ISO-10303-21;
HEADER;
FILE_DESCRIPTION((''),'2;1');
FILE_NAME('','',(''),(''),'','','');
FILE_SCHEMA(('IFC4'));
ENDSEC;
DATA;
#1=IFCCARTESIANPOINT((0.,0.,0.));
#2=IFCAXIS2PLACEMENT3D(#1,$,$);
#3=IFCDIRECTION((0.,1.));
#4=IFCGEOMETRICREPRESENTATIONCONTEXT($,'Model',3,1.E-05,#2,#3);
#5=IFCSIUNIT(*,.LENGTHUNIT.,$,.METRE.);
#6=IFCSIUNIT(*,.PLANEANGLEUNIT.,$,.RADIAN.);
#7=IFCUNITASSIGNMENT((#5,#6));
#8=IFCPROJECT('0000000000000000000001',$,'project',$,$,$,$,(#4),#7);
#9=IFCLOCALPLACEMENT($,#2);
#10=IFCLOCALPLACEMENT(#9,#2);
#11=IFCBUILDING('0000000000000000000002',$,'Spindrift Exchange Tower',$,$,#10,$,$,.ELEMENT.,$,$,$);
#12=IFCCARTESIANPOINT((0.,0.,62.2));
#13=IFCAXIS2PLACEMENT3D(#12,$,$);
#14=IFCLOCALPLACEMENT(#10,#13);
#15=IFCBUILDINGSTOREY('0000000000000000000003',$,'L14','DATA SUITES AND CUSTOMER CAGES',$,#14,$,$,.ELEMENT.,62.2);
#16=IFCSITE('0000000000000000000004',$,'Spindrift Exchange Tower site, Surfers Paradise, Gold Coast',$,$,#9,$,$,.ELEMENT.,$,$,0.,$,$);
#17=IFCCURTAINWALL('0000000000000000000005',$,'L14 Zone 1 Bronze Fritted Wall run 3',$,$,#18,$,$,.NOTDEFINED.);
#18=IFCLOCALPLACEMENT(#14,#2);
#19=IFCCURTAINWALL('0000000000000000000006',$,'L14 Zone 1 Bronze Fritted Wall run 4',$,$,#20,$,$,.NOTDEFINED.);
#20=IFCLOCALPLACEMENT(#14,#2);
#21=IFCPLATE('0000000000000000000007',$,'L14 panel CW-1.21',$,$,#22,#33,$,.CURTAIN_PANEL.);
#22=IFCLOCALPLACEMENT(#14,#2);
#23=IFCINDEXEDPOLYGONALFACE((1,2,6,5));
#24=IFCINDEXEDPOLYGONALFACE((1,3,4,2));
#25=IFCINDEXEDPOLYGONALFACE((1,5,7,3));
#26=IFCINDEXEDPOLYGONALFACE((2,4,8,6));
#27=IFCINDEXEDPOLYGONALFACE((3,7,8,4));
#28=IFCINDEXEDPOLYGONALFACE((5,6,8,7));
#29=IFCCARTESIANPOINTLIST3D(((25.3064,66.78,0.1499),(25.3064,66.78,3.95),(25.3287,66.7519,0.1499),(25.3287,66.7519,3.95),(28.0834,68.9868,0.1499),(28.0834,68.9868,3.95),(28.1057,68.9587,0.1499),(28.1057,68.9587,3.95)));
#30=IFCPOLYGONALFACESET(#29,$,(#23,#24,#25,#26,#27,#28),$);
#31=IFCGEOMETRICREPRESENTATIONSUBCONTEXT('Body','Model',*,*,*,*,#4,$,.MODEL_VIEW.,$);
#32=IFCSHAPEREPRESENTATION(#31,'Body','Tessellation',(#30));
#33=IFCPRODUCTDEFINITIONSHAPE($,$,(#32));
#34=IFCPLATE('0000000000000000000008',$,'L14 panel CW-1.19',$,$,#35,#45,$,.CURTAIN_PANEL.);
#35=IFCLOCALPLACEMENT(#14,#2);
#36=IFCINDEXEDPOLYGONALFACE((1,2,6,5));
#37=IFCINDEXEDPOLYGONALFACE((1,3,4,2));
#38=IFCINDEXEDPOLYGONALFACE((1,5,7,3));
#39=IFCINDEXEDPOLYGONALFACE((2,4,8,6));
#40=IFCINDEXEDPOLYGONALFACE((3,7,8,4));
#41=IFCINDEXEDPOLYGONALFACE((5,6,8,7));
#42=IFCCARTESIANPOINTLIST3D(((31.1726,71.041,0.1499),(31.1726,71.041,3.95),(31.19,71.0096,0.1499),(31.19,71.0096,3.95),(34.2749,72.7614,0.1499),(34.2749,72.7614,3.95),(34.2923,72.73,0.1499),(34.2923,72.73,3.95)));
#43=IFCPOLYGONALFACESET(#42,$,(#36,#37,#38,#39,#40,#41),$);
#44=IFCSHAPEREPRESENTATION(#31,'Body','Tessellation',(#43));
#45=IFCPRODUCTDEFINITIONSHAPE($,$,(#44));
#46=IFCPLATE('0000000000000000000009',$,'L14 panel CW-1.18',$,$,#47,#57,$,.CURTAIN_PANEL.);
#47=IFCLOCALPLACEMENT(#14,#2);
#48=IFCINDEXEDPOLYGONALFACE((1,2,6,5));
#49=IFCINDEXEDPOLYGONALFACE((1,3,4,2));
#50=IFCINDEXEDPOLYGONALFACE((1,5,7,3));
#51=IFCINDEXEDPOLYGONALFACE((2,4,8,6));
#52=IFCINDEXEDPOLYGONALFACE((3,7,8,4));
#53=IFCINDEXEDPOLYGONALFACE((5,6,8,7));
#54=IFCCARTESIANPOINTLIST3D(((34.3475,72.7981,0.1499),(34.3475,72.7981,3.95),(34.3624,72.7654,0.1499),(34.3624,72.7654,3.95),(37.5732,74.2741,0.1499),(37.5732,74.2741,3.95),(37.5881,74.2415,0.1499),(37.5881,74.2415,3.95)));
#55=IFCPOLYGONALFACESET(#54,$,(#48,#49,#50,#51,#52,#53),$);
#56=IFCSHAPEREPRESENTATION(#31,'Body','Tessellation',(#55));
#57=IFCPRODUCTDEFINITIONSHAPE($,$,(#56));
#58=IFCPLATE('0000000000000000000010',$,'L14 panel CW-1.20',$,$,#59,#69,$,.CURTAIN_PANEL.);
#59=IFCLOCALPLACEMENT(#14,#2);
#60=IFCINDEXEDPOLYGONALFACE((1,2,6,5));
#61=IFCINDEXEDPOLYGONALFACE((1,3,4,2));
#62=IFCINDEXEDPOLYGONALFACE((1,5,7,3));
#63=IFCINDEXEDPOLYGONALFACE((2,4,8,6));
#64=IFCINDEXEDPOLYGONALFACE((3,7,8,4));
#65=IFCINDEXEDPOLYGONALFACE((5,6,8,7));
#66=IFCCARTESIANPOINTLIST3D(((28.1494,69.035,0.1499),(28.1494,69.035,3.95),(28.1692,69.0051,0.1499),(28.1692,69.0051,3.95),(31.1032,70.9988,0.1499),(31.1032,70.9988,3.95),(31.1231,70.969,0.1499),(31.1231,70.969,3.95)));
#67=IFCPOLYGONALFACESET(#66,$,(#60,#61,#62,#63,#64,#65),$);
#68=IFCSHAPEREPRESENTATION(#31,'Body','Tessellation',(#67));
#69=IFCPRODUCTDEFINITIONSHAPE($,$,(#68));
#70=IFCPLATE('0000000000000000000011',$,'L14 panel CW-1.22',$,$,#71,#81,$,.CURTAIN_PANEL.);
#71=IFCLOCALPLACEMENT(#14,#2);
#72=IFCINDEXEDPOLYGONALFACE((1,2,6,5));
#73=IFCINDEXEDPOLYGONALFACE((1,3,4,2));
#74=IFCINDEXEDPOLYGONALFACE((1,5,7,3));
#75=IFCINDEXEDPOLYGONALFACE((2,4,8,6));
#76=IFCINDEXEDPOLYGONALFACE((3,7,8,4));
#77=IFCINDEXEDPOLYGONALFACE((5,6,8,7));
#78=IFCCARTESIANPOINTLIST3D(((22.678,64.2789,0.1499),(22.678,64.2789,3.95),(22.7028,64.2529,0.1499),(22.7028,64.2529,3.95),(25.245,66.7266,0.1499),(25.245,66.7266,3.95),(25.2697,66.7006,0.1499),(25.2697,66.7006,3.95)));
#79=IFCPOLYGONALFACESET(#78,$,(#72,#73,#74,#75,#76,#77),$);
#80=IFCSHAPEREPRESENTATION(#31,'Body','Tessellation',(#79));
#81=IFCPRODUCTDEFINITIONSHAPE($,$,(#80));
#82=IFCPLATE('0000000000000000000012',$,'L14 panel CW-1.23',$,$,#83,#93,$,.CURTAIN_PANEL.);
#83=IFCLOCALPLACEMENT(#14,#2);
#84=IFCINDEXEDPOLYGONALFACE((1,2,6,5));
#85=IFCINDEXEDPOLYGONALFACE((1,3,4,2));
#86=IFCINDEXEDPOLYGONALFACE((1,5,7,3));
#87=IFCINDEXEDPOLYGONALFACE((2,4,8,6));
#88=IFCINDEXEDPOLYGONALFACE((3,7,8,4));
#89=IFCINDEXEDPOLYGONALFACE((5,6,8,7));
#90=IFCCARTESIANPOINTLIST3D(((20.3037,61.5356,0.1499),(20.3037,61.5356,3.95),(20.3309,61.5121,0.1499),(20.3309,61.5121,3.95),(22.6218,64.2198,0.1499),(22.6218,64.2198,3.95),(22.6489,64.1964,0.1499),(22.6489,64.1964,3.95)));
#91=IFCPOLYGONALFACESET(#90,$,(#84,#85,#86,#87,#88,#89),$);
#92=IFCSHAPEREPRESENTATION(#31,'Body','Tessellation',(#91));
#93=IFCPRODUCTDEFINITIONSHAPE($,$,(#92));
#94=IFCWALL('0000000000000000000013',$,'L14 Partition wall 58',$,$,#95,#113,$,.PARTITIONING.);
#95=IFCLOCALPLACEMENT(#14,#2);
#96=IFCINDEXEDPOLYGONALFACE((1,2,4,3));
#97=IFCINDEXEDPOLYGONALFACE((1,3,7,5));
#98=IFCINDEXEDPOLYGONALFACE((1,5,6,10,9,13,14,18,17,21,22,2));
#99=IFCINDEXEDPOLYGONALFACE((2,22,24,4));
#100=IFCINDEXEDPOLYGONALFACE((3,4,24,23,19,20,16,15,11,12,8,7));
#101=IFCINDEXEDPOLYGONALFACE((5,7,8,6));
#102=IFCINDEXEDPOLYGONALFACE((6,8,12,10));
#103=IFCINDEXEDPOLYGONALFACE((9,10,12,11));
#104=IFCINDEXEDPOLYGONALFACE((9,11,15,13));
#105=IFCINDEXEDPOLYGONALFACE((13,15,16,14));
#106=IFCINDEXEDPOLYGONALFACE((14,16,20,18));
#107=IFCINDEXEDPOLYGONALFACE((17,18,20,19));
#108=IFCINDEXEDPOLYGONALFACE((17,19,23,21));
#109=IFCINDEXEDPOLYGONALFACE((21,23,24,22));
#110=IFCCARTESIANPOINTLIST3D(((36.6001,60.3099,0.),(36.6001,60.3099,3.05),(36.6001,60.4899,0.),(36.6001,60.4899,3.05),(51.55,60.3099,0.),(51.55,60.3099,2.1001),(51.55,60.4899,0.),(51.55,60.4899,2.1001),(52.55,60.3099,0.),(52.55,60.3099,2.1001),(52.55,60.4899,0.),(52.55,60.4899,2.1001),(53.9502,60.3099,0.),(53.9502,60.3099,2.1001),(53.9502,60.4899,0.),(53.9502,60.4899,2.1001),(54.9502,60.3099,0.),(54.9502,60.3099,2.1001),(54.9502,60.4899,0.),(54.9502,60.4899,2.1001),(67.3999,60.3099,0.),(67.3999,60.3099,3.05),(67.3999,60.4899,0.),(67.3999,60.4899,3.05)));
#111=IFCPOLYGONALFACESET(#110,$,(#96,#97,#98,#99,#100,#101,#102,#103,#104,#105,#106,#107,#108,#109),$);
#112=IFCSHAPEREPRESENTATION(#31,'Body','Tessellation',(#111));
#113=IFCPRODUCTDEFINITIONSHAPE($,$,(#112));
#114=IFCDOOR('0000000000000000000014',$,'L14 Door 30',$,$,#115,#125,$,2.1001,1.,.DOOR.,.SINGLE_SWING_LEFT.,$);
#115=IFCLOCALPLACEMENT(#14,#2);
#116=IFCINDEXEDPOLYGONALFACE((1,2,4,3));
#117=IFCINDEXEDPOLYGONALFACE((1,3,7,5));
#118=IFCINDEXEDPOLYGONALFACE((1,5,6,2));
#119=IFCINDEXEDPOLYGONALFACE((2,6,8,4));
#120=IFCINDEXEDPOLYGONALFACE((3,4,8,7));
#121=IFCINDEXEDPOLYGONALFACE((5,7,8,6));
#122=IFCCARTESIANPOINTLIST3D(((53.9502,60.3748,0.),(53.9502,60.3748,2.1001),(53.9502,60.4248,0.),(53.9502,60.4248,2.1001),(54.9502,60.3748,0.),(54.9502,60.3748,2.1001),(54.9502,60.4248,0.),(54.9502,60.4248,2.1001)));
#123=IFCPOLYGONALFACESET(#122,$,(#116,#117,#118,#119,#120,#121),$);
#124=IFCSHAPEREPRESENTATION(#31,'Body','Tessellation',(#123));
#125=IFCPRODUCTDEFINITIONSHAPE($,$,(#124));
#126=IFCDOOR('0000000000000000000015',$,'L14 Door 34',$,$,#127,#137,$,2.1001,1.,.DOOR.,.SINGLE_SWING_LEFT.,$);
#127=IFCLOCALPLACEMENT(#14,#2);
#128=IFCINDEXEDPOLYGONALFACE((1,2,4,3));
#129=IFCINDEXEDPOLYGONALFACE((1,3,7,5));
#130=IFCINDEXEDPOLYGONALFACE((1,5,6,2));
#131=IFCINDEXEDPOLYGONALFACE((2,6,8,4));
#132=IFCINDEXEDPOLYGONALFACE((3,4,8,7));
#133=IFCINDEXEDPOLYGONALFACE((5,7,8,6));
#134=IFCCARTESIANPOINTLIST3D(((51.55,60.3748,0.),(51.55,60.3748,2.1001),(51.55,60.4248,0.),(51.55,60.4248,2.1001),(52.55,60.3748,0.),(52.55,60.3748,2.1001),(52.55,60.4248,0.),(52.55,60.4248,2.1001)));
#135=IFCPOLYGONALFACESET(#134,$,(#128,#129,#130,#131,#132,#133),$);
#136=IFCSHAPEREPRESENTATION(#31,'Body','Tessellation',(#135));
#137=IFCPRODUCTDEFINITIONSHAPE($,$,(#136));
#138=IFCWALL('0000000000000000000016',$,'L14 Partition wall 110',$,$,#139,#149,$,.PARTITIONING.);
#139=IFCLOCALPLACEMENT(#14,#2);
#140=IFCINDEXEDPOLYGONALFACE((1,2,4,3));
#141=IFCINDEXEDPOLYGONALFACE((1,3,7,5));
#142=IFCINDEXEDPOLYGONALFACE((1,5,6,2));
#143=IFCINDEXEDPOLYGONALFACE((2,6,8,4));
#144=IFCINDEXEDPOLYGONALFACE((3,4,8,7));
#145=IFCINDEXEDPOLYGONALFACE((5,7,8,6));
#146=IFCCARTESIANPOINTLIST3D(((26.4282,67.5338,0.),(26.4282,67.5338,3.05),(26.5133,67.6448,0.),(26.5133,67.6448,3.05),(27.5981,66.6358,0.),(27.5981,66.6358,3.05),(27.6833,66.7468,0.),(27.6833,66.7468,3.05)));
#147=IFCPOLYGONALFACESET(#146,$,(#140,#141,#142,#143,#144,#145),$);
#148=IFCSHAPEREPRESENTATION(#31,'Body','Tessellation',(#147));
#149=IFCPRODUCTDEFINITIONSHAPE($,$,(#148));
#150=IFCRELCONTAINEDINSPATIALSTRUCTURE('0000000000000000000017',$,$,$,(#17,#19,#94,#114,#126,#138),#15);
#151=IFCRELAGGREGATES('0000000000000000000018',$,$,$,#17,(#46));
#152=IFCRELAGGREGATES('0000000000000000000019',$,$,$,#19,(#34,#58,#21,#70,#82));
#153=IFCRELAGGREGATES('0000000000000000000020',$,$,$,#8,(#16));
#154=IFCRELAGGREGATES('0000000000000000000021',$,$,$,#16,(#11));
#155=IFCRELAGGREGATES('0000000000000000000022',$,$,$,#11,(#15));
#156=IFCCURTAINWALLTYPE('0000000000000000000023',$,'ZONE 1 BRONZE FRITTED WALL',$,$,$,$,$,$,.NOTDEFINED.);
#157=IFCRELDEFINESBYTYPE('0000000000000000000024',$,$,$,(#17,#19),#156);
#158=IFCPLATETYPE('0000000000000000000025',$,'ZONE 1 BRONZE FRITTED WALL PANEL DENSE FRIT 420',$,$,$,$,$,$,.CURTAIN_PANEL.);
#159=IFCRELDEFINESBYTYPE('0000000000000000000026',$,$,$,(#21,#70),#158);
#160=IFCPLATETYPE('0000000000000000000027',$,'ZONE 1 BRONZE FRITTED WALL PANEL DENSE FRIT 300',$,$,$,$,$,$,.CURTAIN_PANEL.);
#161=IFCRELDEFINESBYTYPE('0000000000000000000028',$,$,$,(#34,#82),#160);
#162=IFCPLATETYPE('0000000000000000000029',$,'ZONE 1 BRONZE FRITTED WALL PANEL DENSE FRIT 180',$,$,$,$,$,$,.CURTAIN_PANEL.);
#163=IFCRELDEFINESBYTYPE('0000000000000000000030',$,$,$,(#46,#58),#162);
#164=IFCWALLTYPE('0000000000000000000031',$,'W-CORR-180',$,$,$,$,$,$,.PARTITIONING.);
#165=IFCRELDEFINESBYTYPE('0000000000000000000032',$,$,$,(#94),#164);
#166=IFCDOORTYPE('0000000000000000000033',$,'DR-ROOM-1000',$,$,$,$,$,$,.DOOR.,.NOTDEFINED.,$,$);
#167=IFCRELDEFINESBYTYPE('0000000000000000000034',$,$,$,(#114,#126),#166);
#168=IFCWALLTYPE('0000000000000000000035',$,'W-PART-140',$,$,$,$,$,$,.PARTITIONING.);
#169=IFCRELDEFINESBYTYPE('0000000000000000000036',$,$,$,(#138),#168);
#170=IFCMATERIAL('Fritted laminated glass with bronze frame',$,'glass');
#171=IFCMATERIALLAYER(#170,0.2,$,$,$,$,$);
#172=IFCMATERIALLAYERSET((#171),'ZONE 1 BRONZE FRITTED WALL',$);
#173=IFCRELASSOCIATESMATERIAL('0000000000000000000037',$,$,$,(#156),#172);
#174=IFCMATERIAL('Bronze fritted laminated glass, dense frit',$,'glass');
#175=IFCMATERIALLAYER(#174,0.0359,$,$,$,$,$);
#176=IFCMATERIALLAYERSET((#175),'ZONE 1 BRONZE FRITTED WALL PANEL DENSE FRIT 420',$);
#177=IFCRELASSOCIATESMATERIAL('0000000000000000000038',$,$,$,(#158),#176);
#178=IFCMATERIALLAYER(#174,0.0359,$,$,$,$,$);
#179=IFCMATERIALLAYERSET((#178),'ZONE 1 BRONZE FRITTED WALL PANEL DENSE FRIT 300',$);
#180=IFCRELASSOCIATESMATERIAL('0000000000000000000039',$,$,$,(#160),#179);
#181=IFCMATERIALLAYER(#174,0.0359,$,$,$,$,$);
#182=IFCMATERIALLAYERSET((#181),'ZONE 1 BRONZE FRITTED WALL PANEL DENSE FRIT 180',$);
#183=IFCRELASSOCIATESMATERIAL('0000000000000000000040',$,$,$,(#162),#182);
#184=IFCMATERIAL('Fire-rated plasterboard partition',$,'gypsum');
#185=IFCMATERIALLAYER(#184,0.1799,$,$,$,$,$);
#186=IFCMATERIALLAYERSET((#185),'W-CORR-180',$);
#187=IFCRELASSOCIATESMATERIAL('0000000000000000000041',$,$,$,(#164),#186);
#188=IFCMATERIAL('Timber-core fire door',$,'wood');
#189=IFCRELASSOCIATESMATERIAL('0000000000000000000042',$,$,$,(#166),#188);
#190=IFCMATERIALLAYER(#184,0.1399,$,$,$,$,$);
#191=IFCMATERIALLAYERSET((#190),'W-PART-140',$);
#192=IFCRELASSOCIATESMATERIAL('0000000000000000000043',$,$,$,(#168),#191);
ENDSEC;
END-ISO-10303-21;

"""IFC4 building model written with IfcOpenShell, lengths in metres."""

from ifc_helpers import new_model, si_unit, direction, frame, frame_2d, origin, origin_2d, place, context, subcontext, project, spatial, rectangle, extrude, source, transform, mapped, material, layer, layer_set, type_object, element, fill, aggregate, save


model = new_model("IFC4")

# Units and contexts
model_context = context("Model", 3, precision=1e-05, world=origin(), true_north=direction((0.0, 1.0)))
body_context = subcontext(model_context, "Body", "Model", "MODEL_VIEW")
ifc_project = project(units=[si_unit("LENGTHUNIT", "METRE"), si_unit("PLANEANGLEUNIT", "RADIAN")], contexts=[model_context])

# Site, building, storey
site_placement = place(None, origin())
site = spatial("IfcSite", under=ifc_project, at=site_placement, Name="Spindrift Exchange Tower site, Surfers Paradise, Gold Coast", CompositionType="ELEMENT", RefElevation=0.0)
building_placement = place(site_placement, origin())
building = spatial("IfcBuilding", under=site, at=building_placement, Name="Spindrift Exchange Tower", CompositionType="ELEMENT")
storey_placement = place(building_placement, frame((0.0, 0.0, 62.2)))
storey = spatial("IfcBuildingStorey", under=building, at=storey_placement, Name="L14", Description="DATA SUITES AND CUSTOMER CAGES", CompositionType="ELEMENT", Elevation=62.2)

# Curtain wall
ifc_material_1 = material(Name="Fritted laminated glass with bronze frame", Category="glass")
ifc_layer_1 = layer(ifc_material_1, 0.2)
ifc_layer_set_1 = layer_set([ifc_layer_1], Name="ZONE 1 BRONZE FRITTED WALL")
curtain_wall_type = type_object("IfcCurtainWallType", Name="ZONE 1 BRONZE FRITTED WALL", PredefinedType="NOTDEFINED", material=ifc_layer_set_1)
curtain_wall_1_placement = place(storey_placement, origin())
curtain_wall_1 = element("IfcCurtainWall", 1, at=curtain_wall_1_placement, inside=storey, type_object=curtain_wall_type, Name="L14 Zone 1 Bronze Fritted Wall run 3", PredefinedType="NOTDEFINED")

# Curtain wall
curtain_wall_2_placement = place(storey_placement, origin())
curtain_wall_2 = element("IfcCurtainWall", 2, at=curtain_wall_2_placement, inside=storey, type_object=curtain_wall_type, Name="L14 Zone 1 Bronze Fritted Wall run 4", PredefinedType="NOTDEFINED")

# Plates
ifc_material_2 = material(Name="Bronze fritted laminated glass, dense frit", Category="glass")
ifc_layer_2 = layer(ifc_material_2, 0.0359)
ifc_layer_set_2 = layer_set([ifc_layer_2], Name="ZONE 1 BRONZE FRITTED WALL PANEL DENSE FRIT 420")
plate_type_1 = type_object("IfcPlateType", Name="ZONE 1 BRONZE FRITTED WALL PANEL DENSE FRIT 420", PredefinedType="CURTAIN_PANEL", material=ifc_layer_set_2)
shared_shape_1 = source(origin(), body_context, "Body", "SweptSolid", [
    extrude(rectangle(XDim=3.5471, YDim=0.0359, at=origin_2d()), origin(), (0.0, 0.0, 1.0), 3.8),
])
plate_1_placement = place(storey_placement, frame((26.7061, 67.8694, 0.1499), z_axis=(0.0, 0.0, 1.0), x_axis=(-0.782904, -0.622143, 0.0)))
plate_1 = element("IfcPlate", 3, at=plate_1_placement, type_object=plate_type_1, Name="L14 panel CW-1.21", PredefinedType="CURTAIN_PANEL", context=body_context, shape_type="MappedRepresentation", body=[
    mapped(shared_shape_1, transform((0.0, 0.0, 0.0), scale=1.0)),
])
ifc_layer_3 = layer(ifc_material_2, 0.0359)
ifc_layer_set_3 = layer_set([ifc_layer_3], Name="ZONE 1 BRONZE FRITTED WALL PANEL DENSE FRIT 300")
plate_type_2 = type_object("IfcPlateType", Name="ZONE 1 BRONZE FRITTED WALL PANEL DENSE FRIT 300", PredefinedType="CURTAIN_PANEL", material=ifc_layer_set_3)
shared_shape_2 = source(origin(), body_context, "Body", "SweptSolid", [
    extrude(rectangle(XDim=3.5474, YDim=0.0359, at=origin_2d()), origin(), (0.0, 0.0, 1.0), 3.8),
])
plate_2_placement = place(storey_placement, frame((32.7324, 71.8855, 0.1499), z_axis=(0.0, 0.0, 1.0), x_axis=(-0.874535, -0.484962, 0.0)))
plate_2 = element("IfcPlate", 4, at=plate_2_placement, type_object=plate_type_2, Name="L14 panel CW-1.19", PredefinedType="CURTAIN_PANEL", context=body_context, shape_type="MappedRepresentation", body=[
    mapped(shared_shape_2, transform((0.0, 0.0, 0.0), scale=1.0)),
])
ifc_layer_4 = layer(ifc_material_2, 0.0359)
ifc_layer_set_4 = layer_set([ifc_layer_4], Name="ZONE 1 BRONZE FRITTED WALL PANEL DENSE FRIT 180")
plate_type_3 = type_object("IfcPlateType", Name="ZONE 1 BRONZE FRITTED WALL PANEL DENSE FRIT 180", PredefinedType="CURTAIN_PANEL", material=ifc_layer_set_4)
shared_shape_3 = source(origin(), body_context, "Body", "SweptSolid", [
    extrude(rectangle(XDim=3.5474, YDim=0.0359, at=origin_2d()), origin(), (0.0, 0.0, 1.0), 3.8),
])
plate_3_placement = place(storey_placement, frame((35.9678, 73.5198, 0.1499), z_axis=(0.0, 0.0, 1.0), x_axis=(-0.909323, -0.416092, 0.0)))
plate_3 = element("IfcPlate", 5, at=plate_3_placement, type_object=plate_type_3, Name="L14 panel CW-1.18", PredefinedType="CURTAIN_PANEL", context=body_context, shape_type="MappedRepresentation", body=[
    mapped(shared_shape_3, transform((0.0, 0.0, 0.0), scale=1.0)),
])
aggregate(curtain_wall_1, [plate_3])
shared_shape_4 = source(origin(), body_context, "Body", "SweptSolid", [
    extrude(rectangle(XDim=3.5471, YDim=0.0359, at=origin_2d()), origin(), (0.0, 0.0, 1.0), 3.8),
])
plate_4_placement = place(storey_placement, frame((29.6362, 70.002, 0.1499), z_axis=(0.0, 0.0, 1.0), x_axis=(-0.832745, -0.553656, 0.0)))
plate_4 = element("IfcPlate", 6, at=plate_4_placement, type_object=plate_type_3, Name="L14 panel CW-1.20", PredefinedType="CURTAIN_PANEL", context=body_context, shape_type="MappedRepresentation", body=[
    mapped(shared_shape_4, transform((0.0, 0.0, 0.0), scale=1.0)),
])
shared_shape_5 = source(origin(), body_context, "Body", "SweptSolid", [
    extrude(rectangle(XDim=3.5469, YDim=0.0359, at=origin_2d()), origin(), (0.0, 0.0, 1.0), 3.8),
])
plate_5_placement = place(storey_placement, frame((23.9739, 65.4897, 0.1499), z_axis=(0.0, 0.0, 1.0), x_axis=(-0.723712, -0.690102, 0.0)))
plate_5 = element("IfcPlate", 7, at=plate_5_placement, type_object=plate_type_1, Name="L14 panel CW-1.22", PredefinedType="CURTAIN_PANEL", context=body_context, shape_type="MappedRepresentation", body=[
    mapped(shared_shape_5, transform((0.0, 0.0, 0.0), scale=1.0)),
])
shared_shape_6 = source(origin(), body_context, "Body", "SweptSolid", [
    extrude(rectangle(XDim=3.5466, YDim=0.0359, at=origin_2d()), origin(), (0.0, 0.0, 1.0), 3.8),
])
plate_6_placement = place(storey_placement, frame((21.4763, 62.866, 0.1499), z_axis=(0.0, 0.0, 1.0), x_axis=(-0.653603, -0.756838, 0.0)))
plate_6 = element("IfcPlate", 8, at=plate_6_placement, type_object=plate_type_2, Name="L14 panel CW-1.23", PredefinedType="CURTAIN_PANEL", context=body_context, shape_type="MappedRepresentation", body=[
    mapped(shared_shape_6, transform((0.0, 0.0, 0.0), scale=1.0)),
])
aggregate(curtain_wall_2, [plate_2, plate_4, plate_1, plate_5, plate_6])

# Wall, openings, doors
ifc_material_3 = material(Name="Fire-rated plasterboard partition", Category="gypsum")
ifc_layer_5 = layer(ifc_material_3, 0.1799)
ifc_layer_set_5 = layer_set([ifc_layer_5], Name="W-CORR-180")
wall_type_1 = type_object("IfcWallType", Name="W-CORR-180", PredefinedType="PARTITIONING", material=ifc_layer_set_5)
wall_1_placement = place(storey_placement, frame((36.6001, 60.3999, 0.0), z_axis=(0.0, 0.0, 1.0), x_axis=(1.0, 0.0, 0.0)))
wall_1 = element("IfcWall", 9, at=wall_1_placement, inside=storey, type_object=wall_type_1, Name="L14 Partition wall 58", PredefinedType="PARTITIONING", context=body_context, shape_type="SweptSolid", body=[
    extrude(rectangle(XDim=30.7998, YDim=0.1799, at=frame_2d((15.3999, 0.0))), origin(), (0.0, 0.0, 1.0), 3.05),
])
opening_1_placement = place(wall_1_placement, frame((17.3501, 0.0, 0.0)))
opening_1 = element("IfcOpeningElement", 10, at=opening_1_placement, cuts=wall_1, PredefinedType="OPENING", context=body_context, shape_type="SweptSolid", body=[
    extrude(rectangle(XDim=1.0, YDim=2.1001, at=frame_2d((0.5, 1.05))), frame((0.0, 0.0999, 0.0), z_axis=(0.0, -1.0, 0.0), x_axis=(1.0, 0.0, 0.0)), (0.0, 0.0, 1.0), 0.2),
])
opening_2_placement = place(wall_1_placement, frame((14.95, 0.0, 0.0)))
opening_2 = element("IfcOpeningElement", 11, at=opening_2_placement, cuts=wall_1, PredefinedType="OPENING", context=body_context, shape_type="SweptSolid", body=[
    extrude(rectangle(XDim=1.0, YDim=2.1001, at=frame_2d((0.5, 1.05))), frame((0.0, 0.0999, 0.0), z_axis=(0.0, -1.0, 0.0), x_axis=(1.0, 0.0, 0.0)), (0.0, 0.0, 1.0), 0.2),
])
ifc_material_4 = material(Name="Timber-core fire door", Category="wood")
door_type = type_object("IfcDoorType", Name="DR-ROOM-1000", OperationType="NOTDEFINED", PredefinedType="DOOR", material=ifc_material_4)
shared_shape_7 = source(origin(), body_context, "Body", "SweptSolid", [
    extrude(rectangle(XDim=1.0, YDim=2.1001, at=frame_2d((0.5, 1.05))), frame((0.0, 0.0249, 0.0), z_axis=(0.0, -1.0, 0.0), x_axis=(1.0, 0.0, 0.0)), (0.0, 0.0, 1.0), 0.05),
])
door_1_placement = place(opening_1_placement, origin())
door_1 = element("IfcDoor", 12, at=door_1_placement, inside=storey, type_object=door_type, Name="L14 Door 30", OperationType="SINGLE_SWING_LEFT", OverallHeight=2.1001, OverallWidth=1.0, PredefinedType="DOOR", context=body_context, shape_type="MappedRepresentation", body=[
    mapped(shared_shape_7, transform((0.0, 0.0, 0.0), scale=1.0)),
])
fill(opening_1, door_1)
door_2_placement = place(opening_2_placement, origin())
door_2 = element("IfcDoor", 13, at=door_2_placement, inside=storey, type_object=door_type, Name="L14 Door 34", OperationType="SINGLE_SWING_LEFT", OverallHeight=2.1001, OverallWidth=1.0, PredefinedType="DOOR", context=body_context, shape_type="MappedRepresentation", body=[
    mapped(shared_shape_7, transform((0.0, 0.0, 0.0), scale=1.0)),
])
fill(opening_2, door_2)

# Wall
ifc_layer_6 = layer(ifc_material_3, 0.1399)
ifc_layer_set_6 = layer_set([ifc_layer_6], Name="W-PART-140")
wall_type_2 = type_object("IfcWallType", Name="W-PART-140", PredefinedType="PARTITIONING", material=ifc_layer_set_6)
wall_2_placement = place(storey_placement, frame((27.6406, 66.6914, 0.0), z_axis=(0.0, 0.0, 1.0), x_axis=(-0.793276, 0.608862, 0.0)))
element("IfcWall", 14, at=wall_2_placement, inside=storey, type_object=wall_type_2, Name="L14 Partition wall 110", PredefinedType="PARTITIONING", context=body_context, shape_type="SweptSolid", body=[
    extrude(rectangle(XDim=1.4749, YDim=0.1399, at=frame_2d((0.7373, 0.0))), origin(), (0.0, 0.0, 1.0), 3.05),
])

save(model, "model.ifc")
